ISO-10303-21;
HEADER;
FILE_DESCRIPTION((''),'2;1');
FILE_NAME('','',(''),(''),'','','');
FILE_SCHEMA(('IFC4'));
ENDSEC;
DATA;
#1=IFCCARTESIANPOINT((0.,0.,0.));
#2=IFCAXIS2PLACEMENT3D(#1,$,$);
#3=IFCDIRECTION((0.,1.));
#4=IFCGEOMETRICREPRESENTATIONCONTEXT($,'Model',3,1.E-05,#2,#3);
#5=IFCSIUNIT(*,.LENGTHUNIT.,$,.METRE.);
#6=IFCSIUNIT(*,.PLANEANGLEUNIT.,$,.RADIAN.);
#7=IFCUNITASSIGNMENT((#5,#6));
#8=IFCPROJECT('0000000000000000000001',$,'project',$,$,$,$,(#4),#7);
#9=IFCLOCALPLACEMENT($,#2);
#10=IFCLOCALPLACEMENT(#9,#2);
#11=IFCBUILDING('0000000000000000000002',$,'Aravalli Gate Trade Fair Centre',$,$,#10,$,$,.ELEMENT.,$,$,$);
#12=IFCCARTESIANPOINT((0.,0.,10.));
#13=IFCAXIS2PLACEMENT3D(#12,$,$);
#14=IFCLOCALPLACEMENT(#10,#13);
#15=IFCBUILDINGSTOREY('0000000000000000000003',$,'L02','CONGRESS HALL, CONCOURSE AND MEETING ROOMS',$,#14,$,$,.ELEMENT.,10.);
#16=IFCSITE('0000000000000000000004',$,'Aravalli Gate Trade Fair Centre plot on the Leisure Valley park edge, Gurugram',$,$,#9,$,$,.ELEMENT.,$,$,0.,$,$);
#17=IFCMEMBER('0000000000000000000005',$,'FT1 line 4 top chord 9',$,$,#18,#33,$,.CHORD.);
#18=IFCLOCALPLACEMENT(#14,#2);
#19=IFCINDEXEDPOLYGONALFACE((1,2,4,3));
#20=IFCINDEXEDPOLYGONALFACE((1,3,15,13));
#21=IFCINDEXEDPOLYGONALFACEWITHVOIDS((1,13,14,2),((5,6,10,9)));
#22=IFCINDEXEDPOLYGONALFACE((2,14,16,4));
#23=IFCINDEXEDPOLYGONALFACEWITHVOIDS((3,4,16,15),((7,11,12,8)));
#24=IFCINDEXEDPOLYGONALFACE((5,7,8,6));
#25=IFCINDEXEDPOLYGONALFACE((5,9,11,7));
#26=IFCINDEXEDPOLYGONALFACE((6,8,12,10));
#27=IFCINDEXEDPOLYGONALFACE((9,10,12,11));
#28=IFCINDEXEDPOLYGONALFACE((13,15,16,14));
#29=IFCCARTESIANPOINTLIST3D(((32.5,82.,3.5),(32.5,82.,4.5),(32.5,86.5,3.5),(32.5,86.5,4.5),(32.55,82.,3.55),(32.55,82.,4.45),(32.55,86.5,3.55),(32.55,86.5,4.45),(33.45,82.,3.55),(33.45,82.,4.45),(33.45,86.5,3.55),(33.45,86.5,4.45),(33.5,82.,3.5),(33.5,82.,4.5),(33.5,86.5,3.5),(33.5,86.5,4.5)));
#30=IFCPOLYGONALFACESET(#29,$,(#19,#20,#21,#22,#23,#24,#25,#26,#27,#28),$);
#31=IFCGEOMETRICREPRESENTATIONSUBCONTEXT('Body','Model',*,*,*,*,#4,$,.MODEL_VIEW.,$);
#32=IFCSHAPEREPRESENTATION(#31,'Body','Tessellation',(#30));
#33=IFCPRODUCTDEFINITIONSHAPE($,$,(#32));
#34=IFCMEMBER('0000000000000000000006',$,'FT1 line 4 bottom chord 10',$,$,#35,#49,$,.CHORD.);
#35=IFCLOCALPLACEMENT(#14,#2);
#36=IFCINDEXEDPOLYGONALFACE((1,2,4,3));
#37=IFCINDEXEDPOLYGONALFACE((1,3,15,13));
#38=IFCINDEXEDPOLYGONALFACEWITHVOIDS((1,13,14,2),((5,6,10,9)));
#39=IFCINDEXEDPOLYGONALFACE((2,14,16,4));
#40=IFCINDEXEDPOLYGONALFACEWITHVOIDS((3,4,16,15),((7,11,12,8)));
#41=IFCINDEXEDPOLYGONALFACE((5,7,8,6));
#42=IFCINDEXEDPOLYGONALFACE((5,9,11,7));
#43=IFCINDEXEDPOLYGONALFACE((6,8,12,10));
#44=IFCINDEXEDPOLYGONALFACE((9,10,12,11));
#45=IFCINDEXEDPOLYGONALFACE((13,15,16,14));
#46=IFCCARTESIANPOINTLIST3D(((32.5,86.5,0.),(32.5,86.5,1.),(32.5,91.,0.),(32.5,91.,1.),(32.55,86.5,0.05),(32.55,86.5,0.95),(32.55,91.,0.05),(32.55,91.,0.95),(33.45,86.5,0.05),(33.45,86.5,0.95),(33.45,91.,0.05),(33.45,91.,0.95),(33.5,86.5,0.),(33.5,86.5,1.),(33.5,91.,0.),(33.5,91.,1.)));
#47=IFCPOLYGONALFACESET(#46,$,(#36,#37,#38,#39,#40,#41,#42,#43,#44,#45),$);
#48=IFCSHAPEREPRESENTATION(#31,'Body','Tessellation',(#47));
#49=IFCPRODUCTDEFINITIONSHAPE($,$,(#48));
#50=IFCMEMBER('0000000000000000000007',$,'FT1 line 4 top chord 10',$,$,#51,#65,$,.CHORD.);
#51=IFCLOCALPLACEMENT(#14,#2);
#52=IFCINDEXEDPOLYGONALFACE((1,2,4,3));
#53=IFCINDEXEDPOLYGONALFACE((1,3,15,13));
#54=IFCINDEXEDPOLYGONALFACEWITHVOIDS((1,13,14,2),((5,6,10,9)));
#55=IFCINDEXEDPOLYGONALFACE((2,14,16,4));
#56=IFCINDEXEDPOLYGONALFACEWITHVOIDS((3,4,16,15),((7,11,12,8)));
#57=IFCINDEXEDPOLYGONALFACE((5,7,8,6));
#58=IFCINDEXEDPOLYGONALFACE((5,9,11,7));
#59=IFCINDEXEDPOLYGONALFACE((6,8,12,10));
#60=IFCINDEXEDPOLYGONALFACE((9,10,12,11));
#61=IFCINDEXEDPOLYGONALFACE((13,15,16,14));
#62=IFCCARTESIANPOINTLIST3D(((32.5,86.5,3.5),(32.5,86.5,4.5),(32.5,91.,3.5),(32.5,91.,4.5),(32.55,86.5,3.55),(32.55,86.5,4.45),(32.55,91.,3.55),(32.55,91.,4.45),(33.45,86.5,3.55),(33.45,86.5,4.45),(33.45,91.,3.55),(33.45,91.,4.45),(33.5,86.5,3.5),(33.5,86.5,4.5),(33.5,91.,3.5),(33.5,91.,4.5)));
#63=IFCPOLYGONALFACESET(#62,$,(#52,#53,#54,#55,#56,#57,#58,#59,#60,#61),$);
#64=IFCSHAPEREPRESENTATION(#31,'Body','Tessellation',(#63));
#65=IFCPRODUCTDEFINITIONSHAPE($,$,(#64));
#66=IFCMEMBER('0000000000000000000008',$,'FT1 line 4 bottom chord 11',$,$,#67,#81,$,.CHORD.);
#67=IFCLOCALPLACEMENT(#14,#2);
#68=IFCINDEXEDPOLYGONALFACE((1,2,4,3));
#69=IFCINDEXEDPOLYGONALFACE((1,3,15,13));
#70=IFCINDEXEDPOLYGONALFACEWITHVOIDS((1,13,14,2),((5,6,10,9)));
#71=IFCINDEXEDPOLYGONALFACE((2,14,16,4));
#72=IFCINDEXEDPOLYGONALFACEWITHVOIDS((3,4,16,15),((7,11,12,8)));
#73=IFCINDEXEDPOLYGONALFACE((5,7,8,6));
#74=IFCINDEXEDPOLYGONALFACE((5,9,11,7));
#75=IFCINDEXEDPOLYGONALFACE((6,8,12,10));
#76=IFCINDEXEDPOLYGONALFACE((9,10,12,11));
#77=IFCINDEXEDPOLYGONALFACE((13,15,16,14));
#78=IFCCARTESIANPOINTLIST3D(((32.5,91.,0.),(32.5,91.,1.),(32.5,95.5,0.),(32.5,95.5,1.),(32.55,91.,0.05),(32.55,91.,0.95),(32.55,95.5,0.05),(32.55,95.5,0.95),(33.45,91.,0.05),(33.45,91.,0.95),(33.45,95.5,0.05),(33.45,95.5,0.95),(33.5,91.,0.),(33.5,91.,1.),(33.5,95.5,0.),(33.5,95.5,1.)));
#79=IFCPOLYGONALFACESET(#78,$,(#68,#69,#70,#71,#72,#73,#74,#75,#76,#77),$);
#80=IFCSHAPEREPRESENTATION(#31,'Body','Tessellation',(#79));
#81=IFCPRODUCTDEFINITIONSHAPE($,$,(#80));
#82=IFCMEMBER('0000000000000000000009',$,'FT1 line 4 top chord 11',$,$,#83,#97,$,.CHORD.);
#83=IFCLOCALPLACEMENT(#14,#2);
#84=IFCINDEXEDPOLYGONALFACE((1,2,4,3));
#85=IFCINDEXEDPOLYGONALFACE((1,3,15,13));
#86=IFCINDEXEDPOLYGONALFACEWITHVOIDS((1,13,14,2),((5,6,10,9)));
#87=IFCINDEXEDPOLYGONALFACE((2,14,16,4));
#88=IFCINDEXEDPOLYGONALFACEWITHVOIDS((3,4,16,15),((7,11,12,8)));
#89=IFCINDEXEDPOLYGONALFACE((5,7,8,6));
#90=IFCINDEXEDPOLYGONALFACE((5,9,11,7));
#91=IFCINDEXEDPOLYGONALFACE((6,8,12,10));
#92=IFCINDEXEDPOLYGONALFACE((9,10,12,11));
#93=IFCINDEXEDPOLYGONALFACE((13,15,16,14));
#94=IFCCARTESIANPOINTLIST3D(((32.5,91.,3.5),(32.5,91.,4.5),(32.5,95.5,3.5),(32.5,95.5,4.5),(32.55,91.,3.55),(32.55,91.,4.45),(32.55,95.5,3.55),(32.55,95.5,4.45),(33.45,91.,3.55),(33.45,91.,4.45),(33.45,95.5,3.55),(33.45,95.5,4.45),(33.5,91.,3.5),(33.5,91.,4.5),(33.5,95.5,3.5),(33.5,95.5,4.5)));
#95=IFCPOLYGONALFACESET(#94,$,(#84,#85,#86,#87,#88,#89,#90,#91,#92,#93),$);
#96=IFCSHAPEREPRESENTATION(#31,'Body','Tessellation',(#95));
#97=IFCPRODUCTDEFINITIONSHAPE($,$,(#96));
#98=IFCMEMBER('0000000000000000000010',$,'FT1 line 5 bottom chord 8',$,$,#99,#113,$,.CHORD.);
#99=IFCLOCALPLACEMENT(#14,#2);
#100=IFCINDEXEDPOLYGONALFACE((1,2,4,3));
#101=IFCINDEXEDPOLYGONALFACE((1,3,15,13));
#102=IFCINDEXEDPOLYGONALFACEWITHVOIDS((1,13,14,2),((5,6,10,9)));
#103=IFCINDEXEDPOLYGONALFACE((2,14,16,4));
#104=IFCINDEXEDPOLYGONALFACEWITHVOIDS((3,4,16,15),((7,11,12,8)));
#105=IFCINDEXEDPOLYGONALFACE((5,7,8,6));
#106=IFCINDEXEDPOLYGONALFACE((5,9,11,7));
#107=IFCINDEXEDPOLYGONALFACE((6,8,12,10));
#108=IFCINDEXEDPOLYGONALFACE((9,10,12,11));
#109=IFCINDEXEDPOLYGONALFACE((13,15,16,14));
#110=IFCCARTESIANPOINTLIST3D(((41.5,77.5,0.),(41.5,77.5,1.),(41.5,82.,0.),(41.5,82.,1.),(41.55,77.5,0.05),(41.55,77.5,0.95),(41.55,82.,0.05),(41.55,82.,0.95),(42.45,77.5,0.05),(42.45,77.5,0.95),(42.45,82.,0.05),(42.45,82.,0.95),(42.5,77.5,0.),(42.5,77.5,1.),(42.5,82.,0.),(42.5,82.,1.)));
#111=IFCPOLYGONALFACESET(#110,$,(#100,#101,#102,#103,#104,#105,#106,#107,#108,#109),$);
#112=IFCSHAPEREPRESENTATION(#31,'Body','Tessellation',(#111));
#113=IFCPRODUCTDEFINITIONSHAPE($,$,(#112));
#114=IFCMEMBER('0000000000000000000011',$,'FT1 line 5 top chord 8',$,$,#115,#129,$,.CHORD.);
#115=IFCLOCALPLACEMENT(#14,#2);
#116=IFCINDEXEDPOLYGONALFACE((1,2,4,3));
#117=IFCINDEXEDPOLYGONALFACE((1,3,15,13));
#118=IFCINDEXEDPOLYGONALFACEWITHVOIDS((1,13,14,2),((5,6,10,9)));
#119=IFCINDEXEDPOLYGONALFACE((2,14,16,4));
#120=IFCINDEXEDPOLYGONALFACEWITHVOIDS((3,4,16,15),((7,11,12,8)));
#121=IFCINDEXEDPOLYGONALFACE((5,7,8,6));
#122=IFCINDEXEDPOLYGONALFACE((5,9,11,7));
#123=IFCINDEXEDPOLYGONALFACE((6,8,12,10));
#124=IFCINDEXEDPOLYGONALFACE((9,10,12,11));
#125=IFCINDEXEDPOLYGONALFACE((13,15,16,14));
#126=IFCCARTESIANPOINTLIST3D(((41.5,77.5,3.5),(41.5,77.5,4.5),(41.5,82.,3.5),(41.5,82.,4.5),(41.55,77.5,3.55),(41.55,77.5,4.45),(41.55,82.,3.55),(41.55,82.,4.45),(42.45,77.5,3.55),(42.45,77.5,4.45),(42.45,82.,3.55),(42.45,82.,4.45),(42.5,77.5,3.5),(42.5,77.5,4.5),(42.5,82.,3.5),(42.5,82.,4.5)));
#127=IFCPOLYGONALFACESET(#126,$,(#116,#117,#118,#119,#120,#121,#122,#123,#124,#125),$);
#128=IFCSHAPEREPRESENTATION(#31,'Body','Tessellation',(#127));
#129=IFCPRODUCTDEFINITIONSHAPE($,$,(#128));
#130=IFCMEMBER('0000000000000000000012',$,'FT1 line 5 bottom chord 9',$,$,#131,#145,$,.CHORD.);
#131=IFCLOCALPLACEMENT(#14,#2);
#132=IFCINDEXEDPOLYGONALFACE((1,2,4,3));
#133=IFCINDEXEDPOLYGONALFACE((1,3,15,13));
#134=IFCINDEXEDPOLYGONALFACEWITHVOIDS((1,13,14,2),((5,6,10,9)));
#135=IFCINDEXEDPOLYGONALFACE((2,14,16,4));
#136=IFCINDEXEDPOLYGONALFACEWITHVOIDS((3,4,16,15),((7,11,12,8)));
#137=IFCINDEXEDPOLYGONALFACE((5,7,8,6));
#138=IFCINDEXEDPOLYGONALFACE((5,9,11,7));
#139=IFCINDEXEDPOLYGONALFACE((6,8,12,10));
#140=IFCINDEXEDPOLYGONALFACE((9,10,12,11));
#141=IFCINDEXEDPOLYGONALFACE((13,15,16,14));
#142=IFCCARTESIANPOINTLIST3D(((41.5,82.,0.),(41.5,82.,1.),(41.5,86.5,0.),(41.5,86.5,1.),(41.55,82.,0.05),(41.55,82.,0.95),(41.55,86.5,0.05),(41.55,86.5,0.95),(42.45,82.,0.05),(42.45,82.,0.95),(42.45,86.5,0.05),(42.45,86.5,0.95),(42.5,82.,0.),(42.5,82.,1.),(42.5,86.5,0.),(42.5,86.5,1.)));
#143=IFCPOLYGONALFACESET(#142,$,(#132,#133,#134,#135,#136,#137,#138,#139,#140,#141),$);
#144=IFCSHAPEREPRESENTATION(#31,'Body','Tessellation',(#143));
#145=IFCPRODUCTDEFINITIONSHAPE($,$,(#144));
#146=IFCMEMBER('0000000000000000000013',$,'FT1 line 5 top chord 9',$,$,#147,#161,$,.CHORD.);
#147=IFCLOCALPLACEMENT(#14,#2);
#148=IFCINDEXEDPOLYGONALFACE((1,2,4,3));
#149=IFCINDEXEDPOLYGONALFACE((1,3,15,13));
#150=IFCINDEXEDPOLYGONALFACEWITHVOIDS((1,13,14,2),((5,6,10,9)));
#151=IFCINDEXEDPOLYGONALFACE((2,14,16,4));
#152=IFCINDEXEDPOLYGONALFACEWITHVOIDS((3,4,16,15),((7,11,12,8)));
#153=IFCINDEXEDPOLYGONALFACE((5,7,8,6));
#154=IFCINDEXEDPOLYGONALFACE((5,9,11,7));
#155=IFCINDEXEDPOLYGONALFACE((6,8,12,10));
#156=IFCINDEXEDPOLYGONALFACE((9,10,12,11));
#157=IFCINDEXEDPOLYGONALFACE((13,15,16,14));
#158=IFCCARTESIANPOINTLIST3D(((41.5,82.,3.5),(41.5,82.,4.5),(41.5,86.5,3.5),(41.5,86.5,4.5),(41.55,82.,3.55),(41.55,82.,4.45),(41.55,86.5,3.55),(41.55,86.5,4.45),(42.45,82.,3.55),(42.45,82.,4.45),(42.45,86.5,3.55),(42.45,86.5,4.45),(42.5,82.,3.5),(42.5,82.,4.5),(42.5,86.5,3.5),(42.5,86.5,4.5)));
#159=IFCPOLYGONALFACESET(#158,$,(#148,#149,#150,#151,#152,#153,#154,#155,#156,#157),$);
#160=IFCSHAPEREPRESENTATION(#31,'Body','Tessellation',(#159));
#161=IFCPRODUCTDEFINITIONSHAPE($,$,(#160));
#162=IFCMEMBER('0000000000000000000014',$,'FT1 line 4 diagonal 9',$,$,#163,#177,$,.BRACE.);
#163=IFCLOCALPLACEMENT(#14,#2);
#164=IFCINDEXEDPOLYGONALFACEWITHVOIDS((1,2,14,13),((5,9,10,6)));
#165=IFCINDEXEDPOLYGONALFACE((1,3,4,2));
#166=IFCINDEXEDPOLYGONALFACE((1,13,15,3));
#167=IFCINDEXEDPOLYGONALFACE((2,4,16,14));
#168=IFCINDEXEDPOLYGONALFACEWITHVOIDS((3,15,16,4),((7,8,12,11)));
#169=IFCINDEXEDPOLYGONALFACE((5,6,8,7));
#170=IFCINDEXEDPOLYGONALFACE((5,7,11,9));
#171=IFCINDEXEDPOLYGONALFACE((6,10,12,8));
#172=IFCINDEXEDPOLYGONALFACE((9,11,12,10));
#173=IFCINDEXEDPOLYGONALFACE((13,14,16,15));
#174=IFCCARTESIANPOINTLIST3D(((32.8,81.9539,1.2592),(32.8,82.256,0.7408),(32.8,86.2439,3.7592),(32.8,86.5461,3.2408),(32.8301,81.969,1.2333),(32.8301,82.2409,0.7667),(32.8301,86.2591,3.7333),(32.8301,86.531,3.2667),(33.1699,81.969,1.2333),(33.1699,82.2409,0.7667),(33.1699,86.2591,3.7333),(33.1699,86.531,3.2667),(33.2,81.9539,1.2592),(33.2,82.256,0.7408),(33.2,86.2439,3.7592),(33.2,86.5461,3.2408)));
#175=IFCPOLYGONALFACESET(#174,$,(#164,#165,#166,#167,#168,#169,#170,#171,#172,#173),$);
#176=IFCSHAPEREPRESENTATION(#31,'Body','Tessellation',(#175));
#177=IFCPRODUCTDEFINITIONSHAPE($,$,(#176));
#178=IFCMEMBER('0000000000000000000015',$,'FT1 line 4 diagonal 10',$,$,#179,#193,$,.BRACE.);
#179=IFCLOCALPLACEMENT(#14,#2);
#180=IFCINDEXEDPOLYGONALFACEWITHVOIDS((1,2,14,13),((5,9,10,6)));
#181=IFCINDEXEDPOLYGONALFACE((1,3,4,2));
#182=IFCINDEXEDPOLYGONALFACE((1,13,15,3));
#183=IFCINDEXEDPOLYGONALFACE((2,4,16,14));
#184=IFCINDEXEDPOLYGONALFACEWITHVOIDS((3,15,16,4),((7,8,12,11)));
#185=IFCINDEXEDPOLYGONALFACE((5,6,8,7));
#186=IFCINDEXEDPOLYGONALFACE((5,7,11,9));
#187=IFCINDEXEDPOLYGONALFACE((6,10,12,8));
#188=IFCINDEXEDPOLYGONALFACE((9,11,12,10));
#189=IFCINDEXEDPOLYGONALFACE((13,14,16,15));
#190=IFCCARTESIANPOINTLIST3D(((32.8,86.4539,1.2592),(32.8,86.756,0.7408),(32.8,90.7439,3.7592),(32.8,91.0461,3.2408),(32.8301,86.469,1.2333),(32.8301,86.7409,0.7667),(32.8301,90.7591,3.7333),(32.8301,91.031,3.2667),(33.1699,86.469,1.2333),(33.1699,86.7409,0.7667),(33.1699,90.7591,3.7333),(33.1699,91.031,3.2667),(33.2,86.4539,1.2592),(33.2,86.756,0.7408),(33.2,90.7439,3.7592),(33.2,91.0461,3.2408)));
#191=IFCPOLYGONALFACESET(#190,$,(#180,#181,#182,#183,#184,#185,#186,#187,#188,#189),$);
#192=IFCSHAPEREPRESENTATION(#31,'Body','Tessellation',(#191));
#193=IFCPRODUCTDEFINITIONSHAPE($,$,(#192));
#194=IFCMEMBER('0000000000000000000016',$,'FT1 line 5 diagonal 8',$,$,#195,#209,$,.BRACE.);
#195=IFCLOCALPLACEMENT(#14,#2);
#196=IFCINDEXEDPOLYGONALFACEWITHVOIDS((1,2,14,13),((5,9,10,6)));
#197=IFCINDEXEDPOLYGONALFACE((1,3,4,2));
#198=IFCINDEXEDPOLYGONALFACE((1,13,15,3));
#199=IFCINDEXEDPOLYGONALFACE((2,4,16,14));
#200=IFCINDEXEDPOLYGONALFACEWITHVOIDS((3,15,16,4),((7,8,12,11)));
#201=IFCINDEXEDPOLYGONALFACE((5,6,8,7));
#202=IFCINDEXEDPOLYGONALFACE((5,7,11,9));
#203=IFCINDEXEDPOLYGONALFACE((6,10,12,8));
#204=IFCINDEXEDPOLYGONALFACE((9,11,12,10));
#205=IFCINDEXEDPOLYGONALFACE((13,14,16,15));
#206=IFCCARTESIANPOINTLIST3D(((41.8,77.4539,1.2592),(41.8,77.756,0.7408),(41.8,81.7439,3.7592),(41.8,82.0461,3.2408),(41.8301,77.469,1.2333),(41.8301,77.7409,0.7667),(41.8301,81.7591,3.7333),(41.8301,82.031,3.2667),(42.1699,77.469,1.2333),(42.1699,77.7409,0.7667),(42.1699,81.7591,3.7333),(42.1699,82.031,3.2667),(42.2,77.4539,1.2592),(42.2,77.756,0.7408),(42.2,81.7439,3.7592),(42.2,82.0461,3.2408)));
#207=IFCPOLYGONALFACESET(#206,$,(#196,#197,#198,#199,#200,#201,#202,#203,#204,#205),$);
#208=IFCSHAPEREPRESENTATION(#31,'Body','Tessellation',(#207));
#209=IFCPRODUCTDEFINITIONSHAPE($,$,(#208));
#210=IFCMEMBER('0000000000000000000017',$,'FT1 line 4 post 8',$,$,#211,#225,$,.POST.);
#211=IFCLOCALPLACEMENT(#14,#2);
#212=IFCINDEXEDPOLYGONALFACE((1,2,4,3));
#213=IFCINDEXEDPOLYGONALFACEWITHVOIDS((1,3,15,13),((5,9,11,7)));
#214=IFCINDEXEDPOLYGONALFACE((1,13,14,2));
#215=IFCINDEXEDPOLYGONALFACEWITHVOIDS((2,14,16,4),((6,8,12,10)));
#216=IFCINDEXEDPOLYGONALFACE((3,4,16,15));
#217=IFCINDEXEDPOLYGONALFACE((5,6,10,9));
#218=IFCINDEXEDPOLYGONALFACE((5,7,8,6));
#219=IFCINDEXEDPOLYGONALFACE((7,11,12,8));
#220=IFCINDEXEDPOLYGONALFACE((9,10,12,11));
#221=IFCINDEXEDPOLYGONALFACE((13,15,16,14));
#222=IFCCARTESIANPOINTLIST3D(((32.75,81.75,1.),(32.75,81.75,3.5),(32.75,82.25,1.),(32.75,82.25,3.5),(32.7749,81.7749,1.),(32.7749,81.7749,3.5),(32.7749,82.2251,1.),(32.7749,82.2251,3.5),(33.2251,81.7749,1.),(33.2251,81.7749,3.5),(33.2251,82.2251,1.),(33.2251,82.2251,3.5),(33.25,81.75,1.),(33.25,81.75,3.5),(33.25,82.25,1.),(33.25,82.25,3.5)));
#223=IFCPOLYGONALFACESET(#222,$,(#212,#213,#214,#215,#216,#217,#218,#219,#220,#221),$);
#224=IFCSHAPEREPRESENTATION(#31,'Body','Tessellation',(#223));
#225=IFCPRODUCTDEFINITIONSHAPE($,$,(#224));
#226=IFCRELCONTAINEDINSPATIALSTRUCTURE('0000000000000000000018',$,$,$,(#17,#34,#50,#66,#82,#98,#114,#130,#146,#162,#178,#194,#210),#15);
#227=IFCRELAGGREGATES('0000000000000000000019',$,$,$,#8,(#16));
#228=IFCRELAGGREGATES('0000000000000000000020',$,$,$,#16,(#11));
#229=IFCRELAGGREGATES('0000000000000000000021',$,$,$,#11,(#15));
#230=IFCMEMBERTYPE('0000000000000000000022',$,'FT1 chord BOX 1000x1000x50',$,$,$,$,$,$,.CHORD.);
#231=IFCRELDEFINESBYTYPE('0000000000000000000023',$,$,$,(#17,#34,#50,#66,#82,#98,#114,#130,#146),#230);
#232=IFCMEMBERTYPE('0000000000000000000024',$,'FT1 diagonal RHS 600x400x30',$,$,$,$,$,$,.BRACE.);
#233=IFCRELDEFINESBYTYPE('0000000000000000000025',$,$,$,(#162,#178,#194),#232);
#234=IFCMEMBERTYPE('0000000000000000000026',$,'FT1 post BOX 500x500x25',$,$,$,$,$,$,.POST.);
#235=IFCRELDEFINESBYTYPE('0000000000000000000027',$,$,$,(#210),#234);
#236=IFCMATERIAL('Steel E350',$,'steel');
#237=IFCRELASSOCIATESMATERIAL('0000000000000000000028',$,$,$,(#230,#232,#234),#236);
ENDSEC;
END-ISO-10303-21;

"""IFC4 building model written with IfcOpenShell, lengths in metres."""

from ifc_helpers import new_model, si_unit, direction, frame, origin, origin_2d, place, context, subcontext, project, spatial, hollow_rectangle, extrude, material, material_profile, profile_set, type_object, element, save


model = new_model("IFC4")

# Units and contexts
model_context = context("Model", 3, precision=1e-05, world=origin(), true_north=direction((0.0, 1.0)))
body_context = subcontext(model_context, "Body", "Model", "MODEL_VIEW")
ifc_project = project(units=[si_unit("LENGTHUNIT", "METRE"), si_unit("PLANEANGLEUNIT", "RADIAN")], contexts=[model_context])

# Site, building, storey
site_placement = place(None, origin())
site = spatial("IfcSite", under=ifc_project, at=site_placement, Name="Aravalli Gate Trade Fair Centre plot on the Leisure Valley park edge, Gurugram", CompositionType="ELEMENT", RefElevation=0.0)
building_placement = place(site_placement, origin())
building = spatial("IfcBuilding", under=site, at=building_placement, Name="Aravalli Gate Trade Fair Centre", CompositionType="ELEMENT")
storey_placement = place(building_placement, frame((0.0, 0.0, 10.0)))
storey = spatial("IfcBuildingStorey", under=building, at=storey_placement, Name="L02", Description="CONGRESS HALL, CONCOURSE AND MEETING ROOMS", CompositionType="ELEMENT", Elevation=10.0)

# Members
ifc_material = material(Name="Steel E350", Category="steel")
ifc_material_profile_1 = material_profile(ifc_material, hollow_rectangle(XDim=1.0, YDim=1.0, WallThickness=0.05, at=origin_2d()), Name="BOX 1000x1000x50")
ifc_profile_set_1 = profile_set([ifc_material_profile_1], Name="Steel E350")
member_type_1 = type_object("IfcMemberType", Name="FT1 chord BOX 1000x1000x50", PredefinedType="CHORD", material=ifc_profile_set_1)
for number, where, z_axis, x_axis, name in (
    (1, (33.0, 82.0, 4.0), (0.0, 1.0, 0.0), (-1.0, 0.0, 0.0), "FT1 line 4 top chord 9"),
    (2, (33.0, 86.5, 0.5), (0.0, 1.0, 0.0), (-1.0, 0.0, 0.0), "FT1 line 4 bottom chord 10"),
    (3, (33.0, 86.5, 4.0), (0.0, 1.0, 0.0), (-1.0, 0.0, 0.0), "FT1 line 4 top chord 10"),
    (4, (33.0, 91.0, 0.5), (0.0, 1.0, 0.0), (-1.0, 0.0, 0.0), "FT1 line 4 bottom chord 11"),
    (5, (33.0, 91.0, 4.0), (0.0, 1.0, 0.0), (-1.0, 0.0, 0.0), "FT1 line 4 top chord 11"),
    (6, (42.0, 77.5, 0.5), (0.0, 1.0, 0.0), (-1.0, 0.0, 0.0), "FT1 line 5 bottom chord 8"),
    (7, (42.0, 77.5, 4.0), (0.0, 1.0, 0.0), (-1.0, 0.0, 0.0), "FT1 line 5 top chord 8"),
    (8, (42.0, 82.0, 0.5), (0.0, 1.0, 0.0), (-1.0, 0.0, 0.0), "FT1 line 5 bottom chord 9"),
    (9, (42.0, 82.0, 4.0), (0.0, 1.0, 0.0), (-1.0, 0.0, 0.0), "FT1 line 5 top chord 9"),
):
    element("IfcMember", number, at=place(storey_placement, frame(where, z_axis=z_axis, x_axis=x_axis)), inside=storey, type_object=member_type_1, Name=name, PredefinedType="CHORD", context=body_context, shape_type="SweptSolid", body=[
        extrude(hollow_rectangle(XDim=1.0, YDim=1.0, WallThickness=0.05, at=origin_2d()), origin(), (0.0, 0.0, 1.0), 4.5),
    ])
ifc_material_profile_2 = material_profile(ifc_material, hollow_rectangle(XDim=0.3999, YDim=0.6001, WallThickness=0.03, at=origin_2d()), Name="RHS 600x400x30")
ifc_profile_set_2 = profile_set([ifc_material_profile_2], Name="Steel E350")
member_type_2 = type_object("IfcMemberType", Name="FT1 diagonal RHS 600x400x30", PredefinedType="BRACE", material=ifc_profile_set_2)
for number, where, z_axis, x_axis, name in (
    (10, (33.0, 86.395, 3.5), (0.0, -0.864, -0.503492), (1.0, 0.0, 0.0), "FT1 line 4 diagonal 9"),
    (11, (33.0, 90.895, 3.5), (0.0, -0.864, -0.503492), (1.0, 0.0, 0.0), "FT1 line 4 diagonal 10"),
    (12, (42.0, 81.895, 3.5), (0.0, -0.864, -0.503492), (1.0, 0.0, 0.0), "FT1 line 5 diagonal 8"),
):
    element("IfcMember", number, at=place(storey_placement, frame(where, z_axis=z_axis, x_axis=x_axis)), inside=storey, type_object=member_type_2, Name=name, PredefinedType="BRACE", context=body_context, shape_type="SweptSolid", body=[
        extrude(hollow_rectangle(XDim=0.3999, YDim=0.6001, WallThickness=0.03, at=origin_2d()), origin(), (0.0, 0.0, 1.0), 4.9653),
    ])
ifc_material_profile_3 = material_profile(ifc_material, hollow_rectangle(XDim=0.5, YDim=0.5, WallThickness=0.0249, at=origin_2d()), Name="BOX 500x500x25")
ifc_profile_set_3 = profile_set([ifc_material_profile_3], Name="Steel E350")
member_type_3 = type_object("IfcMemberType", Name="FT1 post BOX 500x500x25", PredefinedType="POST", material=ifc_profile_set_3)
for number, where, z_axis, x_axis, name in (
    (13, (33.0, 82.0, 1.0), (0.0, 0.0, 1.0), (1.0, 0.0, 0.0), "FT1 line 4 post 8"),
):
    element("IfcMember", number, at=place(storey_placement, frame(where, z_axis=z_axis, x_axis=x_axis)), inside=storey, type_object=member_type_3, Name=name, PredefinedType="POST", context=body_context, shape_type="SweptSolid", body=[
        extrude(hollow_rectangle(XDim=0.5, YDim=0.5, WallThickness=0.0249, at=origin_2d()), origin(), (0.0, 0.0, 1.0), 2.5),
    ])

save(model, "model.ifc")
